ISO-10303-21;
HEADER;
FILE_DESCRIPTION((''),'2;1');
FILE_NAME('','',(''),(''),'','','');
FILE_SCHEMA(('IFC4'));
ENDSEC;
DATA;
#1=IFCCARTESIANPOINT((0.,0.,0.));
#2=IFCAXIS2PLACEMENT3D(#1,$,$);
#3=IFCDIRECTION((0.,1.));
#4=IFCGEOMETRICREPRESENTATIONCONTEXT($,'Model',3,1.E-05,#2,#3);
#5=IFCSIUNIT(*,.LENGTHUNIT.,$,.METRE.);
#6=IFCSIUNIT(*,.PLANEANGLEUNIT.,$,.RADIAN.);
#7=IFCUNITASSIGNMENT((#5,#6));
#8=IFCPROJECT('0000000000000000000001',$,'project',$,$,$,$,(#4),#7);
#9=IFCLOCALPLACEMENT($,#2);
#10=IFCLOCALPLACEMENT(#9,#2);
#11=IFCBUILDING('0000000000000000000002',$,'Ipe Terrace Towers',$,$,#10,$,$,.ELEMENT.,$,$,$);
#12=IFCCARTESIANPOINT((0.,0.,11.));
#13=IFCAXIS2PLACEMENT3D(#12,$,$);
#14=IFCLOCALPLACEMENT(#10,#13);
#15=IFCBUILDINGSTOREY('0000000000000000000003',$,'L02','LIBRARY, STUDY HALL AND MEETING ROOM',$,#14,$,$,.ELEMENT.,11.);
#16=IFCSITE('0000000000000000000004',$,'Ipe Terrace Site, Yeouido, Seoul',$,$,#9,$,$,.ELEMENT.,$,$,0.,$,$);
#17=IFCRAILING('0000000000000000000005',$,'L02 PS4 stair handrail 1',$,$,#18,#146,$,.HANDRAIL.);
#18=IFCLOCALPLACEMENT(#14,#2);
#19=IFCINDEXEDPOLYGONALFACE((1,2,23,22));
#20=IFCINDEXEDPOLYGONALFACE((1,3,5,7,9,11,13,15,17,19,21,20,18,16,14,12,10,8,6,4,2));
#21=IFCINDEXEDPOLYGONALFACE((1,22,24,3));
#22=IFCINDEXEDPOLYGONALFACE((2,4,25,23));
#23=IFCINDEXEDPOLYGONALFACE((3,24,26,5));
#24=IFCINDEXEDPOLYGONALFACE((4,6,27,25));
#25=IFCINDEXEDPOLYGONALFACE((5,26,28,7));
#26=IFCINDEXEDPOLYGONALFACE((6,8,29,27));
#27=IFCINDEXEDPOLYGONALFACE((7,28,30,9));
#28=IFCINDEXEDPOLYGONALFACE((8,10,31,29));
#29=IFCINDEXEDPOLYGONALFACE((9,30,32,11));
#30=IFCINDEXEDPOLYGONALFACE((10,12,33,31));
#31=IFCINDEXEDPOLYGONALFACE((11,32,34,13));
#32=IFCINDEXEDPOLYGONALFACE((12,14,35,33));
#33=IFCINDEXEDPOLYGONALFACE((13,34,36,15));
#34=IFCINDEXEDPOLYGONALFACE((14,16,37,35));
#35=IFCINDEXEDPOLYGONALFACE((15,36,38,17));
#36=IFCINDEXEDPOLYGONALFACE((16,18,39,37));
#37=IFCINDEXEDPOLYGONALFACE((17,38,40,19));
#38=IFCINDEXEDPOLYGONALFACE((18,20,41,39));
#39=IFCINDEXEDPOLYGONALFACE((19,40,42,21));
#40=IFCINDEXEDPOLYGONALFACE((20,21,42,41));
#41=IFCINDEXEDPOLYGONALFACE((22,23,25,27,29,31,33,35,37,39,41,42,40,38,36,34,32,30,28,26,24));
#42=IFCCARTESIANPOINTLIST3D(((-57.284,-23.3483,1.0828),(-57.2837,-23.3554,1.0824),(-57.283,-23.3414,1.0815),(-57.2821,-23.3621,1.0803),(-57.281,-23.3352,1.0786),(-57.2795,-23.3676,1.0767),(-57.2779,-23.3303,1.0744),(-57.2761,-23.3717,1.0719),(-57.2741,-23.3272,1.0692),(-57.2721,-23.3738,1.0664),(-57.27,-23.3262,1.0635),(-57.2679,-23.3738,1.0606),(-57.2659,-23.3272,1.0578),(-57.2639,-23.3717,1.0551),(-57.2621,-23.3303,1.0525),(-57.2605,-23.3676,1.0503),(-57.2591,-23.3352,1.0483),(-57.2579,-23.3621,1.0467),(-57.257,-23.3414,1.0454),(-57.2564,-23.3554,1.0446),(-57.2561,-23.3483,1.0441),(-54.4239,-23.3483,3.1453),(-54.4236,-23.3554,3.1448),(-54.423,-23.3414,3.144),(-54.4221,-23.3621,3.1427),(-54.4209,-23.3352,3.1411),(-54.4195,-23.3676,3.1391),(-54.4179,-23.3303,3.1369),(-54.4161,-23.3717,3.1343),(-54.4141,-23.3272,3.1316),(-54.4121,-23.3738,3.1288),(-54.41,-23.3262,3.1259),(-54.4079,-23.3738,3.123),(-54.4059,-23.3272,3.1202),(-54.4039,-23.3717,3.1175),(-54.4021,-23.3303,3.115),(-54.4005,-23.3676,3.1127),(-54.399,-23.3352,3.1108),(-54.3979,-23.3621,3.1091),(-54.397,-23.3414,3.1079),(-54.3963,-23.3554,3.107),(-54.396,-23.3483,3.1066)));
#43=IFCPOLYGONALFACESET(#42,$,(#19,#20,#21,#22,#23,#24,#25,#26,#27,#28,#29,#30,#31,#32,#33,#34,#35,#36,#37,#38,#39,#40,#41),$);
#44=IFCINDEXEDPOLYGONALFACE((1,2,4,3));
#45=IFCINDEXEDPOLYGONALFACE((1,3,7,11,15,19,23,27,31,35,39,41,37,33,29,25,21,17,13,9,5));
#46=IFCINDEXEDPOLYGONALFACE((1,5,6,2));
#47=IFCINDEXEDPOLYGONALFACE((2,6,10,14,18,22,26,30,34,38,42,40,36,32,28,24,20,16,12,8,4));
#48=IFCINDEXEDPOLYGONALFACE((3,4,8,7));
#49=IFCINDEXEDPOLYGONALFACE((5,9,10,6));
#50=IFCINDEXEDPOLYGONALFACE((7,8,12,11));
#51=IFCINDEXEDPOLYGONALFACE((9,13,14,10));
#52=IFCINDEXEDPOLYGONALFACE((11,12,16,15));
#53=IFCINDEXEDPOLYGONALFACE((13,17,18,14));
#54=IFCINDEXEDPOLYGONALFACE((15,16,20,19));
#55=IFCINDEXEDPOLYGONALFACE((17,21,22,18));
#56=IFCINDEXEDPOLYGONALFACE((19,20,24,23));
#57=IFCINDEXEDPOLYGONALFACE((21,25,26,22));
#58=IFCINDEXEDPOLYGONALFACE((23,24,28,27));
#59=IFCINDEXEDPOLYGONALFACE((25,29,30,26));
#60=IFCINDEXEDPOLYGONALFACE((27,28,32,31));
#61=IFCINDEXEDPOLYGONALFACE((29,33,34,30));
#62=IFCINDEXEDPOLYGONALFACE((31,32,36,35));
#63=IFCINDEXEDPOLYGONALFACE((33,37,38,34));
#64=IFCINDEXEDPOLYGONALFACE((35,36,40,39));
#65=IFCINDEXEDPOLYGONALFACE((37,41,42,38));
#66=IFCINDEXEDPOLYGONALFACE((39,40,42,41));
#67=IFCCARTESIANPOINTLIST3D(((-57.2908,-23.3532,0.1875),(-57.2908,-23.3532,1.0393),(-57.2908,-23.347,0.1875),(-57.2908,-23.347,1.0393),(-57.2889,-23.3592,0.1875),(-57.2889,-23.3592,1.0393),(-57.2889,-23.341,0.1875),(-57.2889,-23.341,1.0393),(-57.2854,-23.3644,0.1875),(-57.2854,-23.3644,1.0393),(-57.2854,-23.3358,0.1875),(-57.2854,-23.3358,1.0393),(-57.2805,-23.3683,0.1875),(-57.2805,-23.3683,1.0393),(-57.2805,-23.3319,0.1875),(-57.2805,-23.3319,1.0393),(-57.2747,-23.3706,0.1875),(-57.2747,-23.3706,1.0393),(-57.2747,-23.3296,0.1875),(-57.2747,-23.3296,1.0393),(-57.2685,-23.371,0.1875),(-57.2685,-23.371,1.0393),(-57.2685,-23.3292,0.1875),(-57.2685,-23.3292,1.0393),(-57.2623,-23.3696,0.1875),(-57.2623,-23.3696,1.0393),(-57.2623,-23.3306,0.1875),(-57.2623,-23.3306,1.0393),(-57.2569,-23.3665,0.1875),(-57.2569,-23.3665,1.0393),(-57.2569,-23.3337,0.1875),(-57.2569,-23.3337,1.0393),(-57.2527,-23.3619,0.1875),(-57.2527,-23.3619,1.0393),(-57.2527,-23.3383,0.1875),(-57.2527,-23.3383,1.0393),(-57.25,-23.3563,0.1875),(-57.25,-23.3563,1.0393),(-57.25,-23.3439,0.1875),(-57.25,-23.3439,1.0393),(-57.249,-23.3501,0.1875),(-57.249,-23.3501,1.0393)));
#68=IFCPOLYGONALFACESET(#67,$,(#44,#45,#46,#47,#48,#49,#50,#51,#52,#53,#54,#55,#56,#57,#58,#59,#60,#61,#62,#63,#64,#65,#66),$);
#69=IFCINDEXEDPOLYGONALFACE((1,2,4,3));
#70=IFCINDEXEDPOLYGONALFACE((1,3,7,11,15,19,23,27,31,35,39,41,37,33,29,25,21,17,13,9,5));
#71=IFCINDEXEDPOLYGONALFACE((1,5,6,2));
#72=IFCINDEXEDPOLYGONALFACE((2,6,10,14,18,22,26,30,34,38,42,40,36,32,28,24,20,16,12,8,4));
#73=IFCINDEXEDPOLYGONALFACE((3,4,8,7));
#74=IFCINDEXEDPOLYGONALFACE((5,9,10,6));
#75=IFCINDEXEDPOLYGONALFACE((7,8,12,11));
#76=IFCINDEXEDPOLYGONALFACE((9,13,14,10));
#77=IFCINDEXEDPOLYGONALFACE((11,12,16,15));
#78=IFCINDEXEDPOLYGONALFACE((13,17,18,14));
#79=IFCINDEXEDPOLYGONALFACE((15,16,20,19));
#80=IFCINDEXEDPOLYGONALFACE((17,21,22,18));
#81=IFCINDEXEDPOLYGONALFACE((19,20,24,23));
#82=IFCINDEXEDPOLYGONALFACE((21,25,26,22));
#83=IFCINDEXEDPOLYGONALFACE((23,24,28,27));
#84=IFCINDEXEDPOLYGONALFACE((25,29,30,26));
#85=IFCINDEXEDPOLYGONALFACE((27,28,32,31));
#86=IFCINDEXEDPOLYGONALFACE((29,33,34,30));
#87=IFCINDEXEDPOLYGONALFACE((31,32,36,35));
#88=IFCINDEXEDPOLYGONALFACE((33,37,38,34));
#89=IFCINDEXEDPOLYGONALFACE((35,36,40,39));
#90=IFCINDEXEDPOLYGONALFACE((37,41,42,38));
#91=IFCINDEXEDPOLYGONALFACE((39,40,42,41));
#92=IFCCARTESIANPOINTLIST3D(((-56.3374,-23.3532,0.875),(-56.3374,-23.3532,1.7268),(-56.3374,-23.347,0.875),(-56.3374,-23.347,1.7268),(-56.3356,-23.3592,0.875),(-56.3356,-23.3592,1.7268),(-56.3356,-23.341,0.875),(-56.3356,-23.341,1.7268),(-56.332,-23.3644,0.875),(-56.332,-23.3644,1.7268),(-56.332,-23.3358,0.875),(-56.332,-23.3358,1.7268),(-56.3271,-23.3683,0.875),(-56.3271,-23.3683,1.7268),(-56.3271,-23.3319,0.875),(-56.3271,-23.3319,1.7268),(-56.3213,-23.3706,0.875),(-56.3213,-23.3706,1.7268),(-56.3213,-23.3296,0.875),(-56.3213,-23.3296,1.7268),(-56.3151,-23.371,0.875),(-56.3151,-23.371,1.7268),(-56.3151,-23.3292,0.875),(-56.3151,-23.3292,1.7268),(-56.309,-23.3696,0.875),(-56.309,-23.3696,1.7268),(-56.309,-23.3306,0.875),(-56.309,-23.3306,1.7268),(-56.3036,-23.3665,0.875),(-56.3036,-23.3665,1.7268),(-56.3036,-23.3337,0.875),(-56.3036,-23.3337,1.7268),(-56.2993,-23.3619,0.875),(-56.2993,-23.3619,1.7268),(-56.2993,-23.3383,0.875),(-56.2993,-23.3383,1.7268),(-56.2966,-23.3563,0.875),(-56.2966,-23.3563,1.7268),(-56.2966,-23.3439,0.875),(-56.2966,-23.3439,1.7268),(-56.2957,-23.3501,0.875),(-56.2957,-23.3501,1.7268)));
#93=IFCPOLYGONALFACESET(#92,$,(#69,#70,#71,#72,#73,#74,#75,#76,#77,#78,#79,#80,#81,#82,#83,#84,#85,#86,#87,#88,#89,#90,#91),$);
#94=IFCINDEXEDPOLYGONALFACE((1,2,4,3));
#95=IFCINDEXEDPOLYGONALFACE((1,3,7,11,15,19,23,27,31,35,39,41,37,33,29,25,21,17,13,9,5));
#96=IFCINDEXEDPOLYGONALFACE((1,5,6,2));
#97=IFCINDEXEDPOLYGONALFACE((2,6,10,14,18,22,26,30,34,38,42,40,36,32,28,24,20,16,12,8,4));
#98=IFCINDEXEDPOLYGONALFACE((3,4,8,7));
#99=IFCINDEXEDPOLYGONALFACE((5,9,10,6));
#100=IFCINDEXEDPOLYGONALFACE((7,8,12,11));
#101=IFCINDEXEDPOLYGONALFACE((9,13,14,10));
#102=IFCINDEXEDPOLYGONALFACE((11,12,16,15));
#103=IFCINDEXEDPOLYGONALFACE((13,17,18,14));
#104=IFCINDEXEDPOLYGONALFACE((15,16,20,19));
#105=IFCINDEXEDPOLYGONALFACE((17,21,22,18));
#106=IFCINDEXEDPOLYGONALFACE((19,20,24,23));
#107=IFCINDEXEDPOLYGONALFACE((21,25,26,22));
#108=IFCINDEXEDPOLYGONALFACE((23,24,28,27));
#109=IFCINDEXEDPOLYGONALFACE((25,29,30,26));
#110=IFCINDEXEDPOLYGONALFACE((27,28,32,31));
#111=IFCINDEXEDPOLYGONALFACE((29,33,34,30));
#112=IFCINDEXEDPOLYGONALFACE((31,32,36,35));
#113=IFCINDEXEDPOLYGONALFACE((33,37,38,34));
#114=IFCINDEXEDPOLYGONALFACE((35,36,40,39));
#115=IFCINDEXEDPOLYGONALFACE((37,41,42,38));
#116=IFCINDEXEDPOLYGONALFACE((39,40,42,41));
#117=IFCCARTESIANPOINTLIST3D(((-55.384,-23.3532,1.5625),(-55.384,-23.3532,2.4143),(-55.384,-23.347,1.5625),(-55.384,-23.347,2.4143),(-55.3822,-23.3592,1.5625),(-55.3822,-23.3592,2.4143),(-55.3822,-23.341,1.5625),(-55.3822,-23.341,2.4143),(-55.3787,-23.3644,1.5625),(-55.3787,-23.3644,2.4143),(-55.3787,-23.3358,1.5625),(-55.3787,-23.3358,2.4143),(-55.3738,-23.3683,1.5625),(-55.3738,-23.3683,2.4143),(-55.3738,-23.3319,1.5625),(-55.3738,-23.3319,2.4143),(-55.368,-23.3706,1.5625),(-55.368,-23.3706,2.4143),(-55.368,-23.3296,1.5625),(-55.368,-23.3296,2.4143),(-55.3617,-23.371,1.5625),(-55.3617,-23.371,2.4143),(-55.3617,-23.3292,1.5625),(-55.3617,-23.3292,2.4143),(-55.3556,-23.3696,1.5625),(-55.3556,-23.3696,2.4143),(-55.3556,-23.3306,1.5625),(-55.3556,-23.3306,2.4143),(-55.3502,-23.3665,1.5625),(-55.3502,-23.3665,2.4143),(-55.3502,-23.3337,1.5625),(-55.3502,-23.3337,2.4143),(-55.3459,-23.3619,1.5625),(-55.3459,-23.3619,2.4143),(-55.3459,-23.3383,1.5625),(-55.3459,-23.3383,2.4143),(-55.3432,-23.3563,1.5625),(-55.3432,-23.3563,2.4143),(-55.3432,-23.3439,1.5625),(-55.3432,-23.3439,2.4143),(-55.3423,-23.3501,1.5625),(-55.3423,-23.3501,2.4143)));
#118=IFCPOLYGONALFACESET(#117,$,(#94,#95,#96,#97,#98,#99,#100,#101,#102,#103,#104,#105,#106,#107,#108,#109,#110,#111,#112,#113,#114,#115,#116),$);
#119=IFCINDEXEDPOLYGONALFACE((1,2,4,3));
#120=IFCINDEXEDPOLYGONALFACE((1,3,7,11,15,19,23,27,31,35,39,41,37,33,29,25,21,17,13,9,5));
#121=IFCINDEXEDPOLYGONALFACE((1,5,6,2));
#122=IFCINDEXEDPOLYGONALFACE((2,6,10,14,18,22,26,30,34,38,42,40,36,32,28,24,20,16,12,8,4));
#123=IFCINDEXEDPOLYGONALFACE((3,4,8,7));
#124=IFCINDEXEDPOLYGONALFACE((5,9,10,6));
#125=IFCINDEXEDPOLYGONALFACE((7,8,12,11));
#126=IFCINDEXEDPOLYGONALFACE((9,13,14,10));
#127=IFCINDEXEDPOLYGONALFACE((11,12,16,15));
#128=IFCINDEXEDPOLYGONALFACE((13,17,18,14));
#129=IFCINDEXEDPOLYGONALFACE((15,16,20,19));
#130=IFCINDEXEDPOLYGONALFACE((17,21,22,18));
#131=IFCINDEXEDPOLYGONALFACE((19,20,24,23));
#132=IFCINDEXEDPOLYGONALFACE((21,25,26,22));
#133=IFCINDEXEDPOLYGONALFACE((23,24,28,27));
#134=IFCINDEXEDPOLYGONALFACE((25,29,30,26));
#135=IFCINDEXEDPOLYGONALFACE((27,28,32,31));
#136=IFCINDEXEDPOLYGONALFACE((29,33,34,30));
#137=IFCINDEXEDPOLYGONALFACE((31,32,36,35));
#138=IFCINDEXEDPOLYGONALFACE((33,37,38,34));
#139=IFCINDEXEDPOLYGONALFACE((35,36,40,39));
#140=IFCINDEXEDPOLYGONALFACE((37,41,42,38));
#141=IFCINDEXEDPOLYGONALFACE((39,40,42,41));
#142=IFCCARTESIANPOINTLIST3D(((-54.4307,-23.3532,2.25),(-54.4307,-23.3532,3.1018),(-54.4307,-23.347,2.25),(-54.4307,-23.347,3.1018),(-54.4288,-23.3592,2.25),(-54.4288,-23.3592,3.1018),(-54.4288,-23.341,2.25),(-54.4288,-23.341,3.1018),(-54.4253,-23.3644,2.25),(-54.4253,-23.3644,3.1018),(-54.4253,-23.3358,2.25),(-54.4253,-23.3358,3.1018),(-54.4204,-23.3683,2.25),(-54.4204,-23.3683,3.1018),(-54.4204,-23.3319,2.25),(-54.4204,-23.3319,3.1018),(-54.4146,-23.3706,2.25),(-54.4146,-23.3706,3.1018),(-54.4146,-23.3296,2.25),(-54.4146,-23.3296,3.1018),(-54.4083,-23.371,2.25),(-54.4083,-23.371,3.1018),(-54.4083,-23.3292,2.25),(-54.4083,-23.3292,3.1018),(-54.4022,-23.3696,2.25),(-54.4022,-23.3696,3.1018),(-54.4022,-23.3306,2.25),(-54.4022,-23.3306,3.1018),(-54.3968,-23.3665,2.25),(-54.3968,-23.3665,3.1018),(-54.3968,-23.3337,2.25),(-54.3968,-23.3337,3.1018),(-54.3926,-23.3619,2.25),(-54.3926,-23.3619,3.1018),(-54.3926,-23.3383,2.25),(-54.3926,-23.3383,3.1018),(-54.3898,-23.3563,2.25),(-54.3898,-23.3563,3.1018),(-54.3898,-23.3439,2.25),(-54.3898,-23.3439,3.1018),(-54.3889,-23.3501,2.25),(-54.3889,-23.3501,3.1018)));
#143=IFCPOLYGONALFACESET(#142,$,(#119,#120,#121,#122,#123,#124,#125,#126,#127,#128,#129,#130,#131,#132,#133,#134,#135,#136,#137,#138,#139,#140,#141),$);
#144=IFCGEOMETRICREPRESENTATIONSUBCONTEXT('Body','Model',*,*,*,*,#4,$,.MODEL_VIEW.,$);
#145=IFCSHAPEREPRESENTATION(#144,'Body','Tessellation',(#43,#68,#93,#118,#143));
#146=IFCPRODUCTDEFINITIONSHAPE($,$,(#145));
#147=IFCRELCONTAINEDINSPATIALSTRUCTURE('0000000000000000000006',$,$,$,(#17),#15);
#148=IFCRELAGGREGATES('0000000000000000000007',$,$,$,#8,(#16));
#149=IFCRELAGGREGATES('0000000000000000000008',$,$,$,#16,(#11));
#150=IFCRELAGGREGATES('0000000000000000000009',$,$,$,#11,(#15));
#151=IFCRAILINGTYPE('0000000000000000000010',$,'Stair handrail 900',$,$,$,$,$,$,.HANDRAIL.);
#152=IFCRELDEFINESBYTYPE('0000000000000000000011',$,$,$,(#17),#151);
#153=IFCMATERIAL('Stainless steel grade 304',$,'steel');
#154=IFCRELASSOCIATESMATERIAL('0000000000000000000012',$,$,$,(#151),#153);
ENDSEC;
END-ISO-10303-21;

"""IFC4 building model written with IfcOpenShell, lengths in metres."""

from ifc_helpers import new_model, si_unit, direction, frame, origin, origin_2d, place, context, subcontext, project, spatial, circle, extrude, material, type_object, element, save


model = new_model("IFC4")

# Units and contexts
model_context = context("Model", 3, precision=1e-05, world=origin(), true_north=direction((0.0, 1.0)))
body_context = subcontext(model_context, "Body", "Model", "MODEL_VIEW")
ifc_project = project(units=[si_unit("LENGTHUNIT", "METRE"), si_unit("PLANEANGLEUNIT", "RADIAN")], contexts=[model_context])

# Site, building, storey
site_placement = place(None, origin())
site = spatial("IfcSite", under=ifc_project, at=site_placement, Name="Ipe Terrace Site, Yeouido, Seoul", CompositionType="ELEMENT", RefElevation=0.0)
building_placement = place(site_placement, origin())
building = spatial("IfcBuilding", under=site, at=building_placement, Name="Ipe Terrace Towers", CompositionType="ELEMENT")
storey_placement = place(building_placement, frame((0.0, 0.0, 11.0)))
storey = spatial("IfcBuildingStorey", under=building, at=storey_placement, Name="L02", Description="LIBRARY, STUDY HALL AND MEETING ROOM", CompositionType="ELEMENT", Elevation=11.0)

# Railing
ifc_material_1 = material(Name="Stainless steel grade 304", Category="steel")
railing_type_1 = type_object("IfcRailingType", Name="Stair handrail 900", PredefinedType="HANDRAIL", material=ifc_material_1)
for number, where, name in (
    (1, (-57.27, -23.3501, 0.1875), "L02 PS4 stair handrail 1"),
):
    element("IfcRailing", number, at=place(storey_placement, frame(where)), inside=storey, type_object=railing_type_1, Name=name, PredefinedType="HANDRAIL", context=body_context, shape_type="SweptSolid", body=[
        extrude(circle(Radius=0.0239, at=origin_2d()), frame((0.0, 0.0, 0.876), z_axis=(0.811101, 0.0, 0.584906), x_axis=(0.0, 1.0, 0.0)), (0.0, 0.0, 1.0), 3.5261),
        extrude(circle(Radius=0.021, at=origin_2d()), origin(), (0.0, 0.0, 1.0), 0.8518),
        extrude(circle(Radius=0.021, at=origin_2d()), frame((0.9534, 0.0, 0.6875)), (0.0, 0.0, 1.0), 0.8518),
        extrude(circle(Radius=0.021, at=origin_2d()), frame((1.9067, 0.0, 1.375)), (0.0, 0.0, 1.0), 0.8518),
        extrude(circle(Radius=0.021, at=origin_2d()), frame((2.8601, 0.0, 2.0625)), (0.0, 0.0, 1.0), 0.8518),
    ])

save(model, "model.ifc")
